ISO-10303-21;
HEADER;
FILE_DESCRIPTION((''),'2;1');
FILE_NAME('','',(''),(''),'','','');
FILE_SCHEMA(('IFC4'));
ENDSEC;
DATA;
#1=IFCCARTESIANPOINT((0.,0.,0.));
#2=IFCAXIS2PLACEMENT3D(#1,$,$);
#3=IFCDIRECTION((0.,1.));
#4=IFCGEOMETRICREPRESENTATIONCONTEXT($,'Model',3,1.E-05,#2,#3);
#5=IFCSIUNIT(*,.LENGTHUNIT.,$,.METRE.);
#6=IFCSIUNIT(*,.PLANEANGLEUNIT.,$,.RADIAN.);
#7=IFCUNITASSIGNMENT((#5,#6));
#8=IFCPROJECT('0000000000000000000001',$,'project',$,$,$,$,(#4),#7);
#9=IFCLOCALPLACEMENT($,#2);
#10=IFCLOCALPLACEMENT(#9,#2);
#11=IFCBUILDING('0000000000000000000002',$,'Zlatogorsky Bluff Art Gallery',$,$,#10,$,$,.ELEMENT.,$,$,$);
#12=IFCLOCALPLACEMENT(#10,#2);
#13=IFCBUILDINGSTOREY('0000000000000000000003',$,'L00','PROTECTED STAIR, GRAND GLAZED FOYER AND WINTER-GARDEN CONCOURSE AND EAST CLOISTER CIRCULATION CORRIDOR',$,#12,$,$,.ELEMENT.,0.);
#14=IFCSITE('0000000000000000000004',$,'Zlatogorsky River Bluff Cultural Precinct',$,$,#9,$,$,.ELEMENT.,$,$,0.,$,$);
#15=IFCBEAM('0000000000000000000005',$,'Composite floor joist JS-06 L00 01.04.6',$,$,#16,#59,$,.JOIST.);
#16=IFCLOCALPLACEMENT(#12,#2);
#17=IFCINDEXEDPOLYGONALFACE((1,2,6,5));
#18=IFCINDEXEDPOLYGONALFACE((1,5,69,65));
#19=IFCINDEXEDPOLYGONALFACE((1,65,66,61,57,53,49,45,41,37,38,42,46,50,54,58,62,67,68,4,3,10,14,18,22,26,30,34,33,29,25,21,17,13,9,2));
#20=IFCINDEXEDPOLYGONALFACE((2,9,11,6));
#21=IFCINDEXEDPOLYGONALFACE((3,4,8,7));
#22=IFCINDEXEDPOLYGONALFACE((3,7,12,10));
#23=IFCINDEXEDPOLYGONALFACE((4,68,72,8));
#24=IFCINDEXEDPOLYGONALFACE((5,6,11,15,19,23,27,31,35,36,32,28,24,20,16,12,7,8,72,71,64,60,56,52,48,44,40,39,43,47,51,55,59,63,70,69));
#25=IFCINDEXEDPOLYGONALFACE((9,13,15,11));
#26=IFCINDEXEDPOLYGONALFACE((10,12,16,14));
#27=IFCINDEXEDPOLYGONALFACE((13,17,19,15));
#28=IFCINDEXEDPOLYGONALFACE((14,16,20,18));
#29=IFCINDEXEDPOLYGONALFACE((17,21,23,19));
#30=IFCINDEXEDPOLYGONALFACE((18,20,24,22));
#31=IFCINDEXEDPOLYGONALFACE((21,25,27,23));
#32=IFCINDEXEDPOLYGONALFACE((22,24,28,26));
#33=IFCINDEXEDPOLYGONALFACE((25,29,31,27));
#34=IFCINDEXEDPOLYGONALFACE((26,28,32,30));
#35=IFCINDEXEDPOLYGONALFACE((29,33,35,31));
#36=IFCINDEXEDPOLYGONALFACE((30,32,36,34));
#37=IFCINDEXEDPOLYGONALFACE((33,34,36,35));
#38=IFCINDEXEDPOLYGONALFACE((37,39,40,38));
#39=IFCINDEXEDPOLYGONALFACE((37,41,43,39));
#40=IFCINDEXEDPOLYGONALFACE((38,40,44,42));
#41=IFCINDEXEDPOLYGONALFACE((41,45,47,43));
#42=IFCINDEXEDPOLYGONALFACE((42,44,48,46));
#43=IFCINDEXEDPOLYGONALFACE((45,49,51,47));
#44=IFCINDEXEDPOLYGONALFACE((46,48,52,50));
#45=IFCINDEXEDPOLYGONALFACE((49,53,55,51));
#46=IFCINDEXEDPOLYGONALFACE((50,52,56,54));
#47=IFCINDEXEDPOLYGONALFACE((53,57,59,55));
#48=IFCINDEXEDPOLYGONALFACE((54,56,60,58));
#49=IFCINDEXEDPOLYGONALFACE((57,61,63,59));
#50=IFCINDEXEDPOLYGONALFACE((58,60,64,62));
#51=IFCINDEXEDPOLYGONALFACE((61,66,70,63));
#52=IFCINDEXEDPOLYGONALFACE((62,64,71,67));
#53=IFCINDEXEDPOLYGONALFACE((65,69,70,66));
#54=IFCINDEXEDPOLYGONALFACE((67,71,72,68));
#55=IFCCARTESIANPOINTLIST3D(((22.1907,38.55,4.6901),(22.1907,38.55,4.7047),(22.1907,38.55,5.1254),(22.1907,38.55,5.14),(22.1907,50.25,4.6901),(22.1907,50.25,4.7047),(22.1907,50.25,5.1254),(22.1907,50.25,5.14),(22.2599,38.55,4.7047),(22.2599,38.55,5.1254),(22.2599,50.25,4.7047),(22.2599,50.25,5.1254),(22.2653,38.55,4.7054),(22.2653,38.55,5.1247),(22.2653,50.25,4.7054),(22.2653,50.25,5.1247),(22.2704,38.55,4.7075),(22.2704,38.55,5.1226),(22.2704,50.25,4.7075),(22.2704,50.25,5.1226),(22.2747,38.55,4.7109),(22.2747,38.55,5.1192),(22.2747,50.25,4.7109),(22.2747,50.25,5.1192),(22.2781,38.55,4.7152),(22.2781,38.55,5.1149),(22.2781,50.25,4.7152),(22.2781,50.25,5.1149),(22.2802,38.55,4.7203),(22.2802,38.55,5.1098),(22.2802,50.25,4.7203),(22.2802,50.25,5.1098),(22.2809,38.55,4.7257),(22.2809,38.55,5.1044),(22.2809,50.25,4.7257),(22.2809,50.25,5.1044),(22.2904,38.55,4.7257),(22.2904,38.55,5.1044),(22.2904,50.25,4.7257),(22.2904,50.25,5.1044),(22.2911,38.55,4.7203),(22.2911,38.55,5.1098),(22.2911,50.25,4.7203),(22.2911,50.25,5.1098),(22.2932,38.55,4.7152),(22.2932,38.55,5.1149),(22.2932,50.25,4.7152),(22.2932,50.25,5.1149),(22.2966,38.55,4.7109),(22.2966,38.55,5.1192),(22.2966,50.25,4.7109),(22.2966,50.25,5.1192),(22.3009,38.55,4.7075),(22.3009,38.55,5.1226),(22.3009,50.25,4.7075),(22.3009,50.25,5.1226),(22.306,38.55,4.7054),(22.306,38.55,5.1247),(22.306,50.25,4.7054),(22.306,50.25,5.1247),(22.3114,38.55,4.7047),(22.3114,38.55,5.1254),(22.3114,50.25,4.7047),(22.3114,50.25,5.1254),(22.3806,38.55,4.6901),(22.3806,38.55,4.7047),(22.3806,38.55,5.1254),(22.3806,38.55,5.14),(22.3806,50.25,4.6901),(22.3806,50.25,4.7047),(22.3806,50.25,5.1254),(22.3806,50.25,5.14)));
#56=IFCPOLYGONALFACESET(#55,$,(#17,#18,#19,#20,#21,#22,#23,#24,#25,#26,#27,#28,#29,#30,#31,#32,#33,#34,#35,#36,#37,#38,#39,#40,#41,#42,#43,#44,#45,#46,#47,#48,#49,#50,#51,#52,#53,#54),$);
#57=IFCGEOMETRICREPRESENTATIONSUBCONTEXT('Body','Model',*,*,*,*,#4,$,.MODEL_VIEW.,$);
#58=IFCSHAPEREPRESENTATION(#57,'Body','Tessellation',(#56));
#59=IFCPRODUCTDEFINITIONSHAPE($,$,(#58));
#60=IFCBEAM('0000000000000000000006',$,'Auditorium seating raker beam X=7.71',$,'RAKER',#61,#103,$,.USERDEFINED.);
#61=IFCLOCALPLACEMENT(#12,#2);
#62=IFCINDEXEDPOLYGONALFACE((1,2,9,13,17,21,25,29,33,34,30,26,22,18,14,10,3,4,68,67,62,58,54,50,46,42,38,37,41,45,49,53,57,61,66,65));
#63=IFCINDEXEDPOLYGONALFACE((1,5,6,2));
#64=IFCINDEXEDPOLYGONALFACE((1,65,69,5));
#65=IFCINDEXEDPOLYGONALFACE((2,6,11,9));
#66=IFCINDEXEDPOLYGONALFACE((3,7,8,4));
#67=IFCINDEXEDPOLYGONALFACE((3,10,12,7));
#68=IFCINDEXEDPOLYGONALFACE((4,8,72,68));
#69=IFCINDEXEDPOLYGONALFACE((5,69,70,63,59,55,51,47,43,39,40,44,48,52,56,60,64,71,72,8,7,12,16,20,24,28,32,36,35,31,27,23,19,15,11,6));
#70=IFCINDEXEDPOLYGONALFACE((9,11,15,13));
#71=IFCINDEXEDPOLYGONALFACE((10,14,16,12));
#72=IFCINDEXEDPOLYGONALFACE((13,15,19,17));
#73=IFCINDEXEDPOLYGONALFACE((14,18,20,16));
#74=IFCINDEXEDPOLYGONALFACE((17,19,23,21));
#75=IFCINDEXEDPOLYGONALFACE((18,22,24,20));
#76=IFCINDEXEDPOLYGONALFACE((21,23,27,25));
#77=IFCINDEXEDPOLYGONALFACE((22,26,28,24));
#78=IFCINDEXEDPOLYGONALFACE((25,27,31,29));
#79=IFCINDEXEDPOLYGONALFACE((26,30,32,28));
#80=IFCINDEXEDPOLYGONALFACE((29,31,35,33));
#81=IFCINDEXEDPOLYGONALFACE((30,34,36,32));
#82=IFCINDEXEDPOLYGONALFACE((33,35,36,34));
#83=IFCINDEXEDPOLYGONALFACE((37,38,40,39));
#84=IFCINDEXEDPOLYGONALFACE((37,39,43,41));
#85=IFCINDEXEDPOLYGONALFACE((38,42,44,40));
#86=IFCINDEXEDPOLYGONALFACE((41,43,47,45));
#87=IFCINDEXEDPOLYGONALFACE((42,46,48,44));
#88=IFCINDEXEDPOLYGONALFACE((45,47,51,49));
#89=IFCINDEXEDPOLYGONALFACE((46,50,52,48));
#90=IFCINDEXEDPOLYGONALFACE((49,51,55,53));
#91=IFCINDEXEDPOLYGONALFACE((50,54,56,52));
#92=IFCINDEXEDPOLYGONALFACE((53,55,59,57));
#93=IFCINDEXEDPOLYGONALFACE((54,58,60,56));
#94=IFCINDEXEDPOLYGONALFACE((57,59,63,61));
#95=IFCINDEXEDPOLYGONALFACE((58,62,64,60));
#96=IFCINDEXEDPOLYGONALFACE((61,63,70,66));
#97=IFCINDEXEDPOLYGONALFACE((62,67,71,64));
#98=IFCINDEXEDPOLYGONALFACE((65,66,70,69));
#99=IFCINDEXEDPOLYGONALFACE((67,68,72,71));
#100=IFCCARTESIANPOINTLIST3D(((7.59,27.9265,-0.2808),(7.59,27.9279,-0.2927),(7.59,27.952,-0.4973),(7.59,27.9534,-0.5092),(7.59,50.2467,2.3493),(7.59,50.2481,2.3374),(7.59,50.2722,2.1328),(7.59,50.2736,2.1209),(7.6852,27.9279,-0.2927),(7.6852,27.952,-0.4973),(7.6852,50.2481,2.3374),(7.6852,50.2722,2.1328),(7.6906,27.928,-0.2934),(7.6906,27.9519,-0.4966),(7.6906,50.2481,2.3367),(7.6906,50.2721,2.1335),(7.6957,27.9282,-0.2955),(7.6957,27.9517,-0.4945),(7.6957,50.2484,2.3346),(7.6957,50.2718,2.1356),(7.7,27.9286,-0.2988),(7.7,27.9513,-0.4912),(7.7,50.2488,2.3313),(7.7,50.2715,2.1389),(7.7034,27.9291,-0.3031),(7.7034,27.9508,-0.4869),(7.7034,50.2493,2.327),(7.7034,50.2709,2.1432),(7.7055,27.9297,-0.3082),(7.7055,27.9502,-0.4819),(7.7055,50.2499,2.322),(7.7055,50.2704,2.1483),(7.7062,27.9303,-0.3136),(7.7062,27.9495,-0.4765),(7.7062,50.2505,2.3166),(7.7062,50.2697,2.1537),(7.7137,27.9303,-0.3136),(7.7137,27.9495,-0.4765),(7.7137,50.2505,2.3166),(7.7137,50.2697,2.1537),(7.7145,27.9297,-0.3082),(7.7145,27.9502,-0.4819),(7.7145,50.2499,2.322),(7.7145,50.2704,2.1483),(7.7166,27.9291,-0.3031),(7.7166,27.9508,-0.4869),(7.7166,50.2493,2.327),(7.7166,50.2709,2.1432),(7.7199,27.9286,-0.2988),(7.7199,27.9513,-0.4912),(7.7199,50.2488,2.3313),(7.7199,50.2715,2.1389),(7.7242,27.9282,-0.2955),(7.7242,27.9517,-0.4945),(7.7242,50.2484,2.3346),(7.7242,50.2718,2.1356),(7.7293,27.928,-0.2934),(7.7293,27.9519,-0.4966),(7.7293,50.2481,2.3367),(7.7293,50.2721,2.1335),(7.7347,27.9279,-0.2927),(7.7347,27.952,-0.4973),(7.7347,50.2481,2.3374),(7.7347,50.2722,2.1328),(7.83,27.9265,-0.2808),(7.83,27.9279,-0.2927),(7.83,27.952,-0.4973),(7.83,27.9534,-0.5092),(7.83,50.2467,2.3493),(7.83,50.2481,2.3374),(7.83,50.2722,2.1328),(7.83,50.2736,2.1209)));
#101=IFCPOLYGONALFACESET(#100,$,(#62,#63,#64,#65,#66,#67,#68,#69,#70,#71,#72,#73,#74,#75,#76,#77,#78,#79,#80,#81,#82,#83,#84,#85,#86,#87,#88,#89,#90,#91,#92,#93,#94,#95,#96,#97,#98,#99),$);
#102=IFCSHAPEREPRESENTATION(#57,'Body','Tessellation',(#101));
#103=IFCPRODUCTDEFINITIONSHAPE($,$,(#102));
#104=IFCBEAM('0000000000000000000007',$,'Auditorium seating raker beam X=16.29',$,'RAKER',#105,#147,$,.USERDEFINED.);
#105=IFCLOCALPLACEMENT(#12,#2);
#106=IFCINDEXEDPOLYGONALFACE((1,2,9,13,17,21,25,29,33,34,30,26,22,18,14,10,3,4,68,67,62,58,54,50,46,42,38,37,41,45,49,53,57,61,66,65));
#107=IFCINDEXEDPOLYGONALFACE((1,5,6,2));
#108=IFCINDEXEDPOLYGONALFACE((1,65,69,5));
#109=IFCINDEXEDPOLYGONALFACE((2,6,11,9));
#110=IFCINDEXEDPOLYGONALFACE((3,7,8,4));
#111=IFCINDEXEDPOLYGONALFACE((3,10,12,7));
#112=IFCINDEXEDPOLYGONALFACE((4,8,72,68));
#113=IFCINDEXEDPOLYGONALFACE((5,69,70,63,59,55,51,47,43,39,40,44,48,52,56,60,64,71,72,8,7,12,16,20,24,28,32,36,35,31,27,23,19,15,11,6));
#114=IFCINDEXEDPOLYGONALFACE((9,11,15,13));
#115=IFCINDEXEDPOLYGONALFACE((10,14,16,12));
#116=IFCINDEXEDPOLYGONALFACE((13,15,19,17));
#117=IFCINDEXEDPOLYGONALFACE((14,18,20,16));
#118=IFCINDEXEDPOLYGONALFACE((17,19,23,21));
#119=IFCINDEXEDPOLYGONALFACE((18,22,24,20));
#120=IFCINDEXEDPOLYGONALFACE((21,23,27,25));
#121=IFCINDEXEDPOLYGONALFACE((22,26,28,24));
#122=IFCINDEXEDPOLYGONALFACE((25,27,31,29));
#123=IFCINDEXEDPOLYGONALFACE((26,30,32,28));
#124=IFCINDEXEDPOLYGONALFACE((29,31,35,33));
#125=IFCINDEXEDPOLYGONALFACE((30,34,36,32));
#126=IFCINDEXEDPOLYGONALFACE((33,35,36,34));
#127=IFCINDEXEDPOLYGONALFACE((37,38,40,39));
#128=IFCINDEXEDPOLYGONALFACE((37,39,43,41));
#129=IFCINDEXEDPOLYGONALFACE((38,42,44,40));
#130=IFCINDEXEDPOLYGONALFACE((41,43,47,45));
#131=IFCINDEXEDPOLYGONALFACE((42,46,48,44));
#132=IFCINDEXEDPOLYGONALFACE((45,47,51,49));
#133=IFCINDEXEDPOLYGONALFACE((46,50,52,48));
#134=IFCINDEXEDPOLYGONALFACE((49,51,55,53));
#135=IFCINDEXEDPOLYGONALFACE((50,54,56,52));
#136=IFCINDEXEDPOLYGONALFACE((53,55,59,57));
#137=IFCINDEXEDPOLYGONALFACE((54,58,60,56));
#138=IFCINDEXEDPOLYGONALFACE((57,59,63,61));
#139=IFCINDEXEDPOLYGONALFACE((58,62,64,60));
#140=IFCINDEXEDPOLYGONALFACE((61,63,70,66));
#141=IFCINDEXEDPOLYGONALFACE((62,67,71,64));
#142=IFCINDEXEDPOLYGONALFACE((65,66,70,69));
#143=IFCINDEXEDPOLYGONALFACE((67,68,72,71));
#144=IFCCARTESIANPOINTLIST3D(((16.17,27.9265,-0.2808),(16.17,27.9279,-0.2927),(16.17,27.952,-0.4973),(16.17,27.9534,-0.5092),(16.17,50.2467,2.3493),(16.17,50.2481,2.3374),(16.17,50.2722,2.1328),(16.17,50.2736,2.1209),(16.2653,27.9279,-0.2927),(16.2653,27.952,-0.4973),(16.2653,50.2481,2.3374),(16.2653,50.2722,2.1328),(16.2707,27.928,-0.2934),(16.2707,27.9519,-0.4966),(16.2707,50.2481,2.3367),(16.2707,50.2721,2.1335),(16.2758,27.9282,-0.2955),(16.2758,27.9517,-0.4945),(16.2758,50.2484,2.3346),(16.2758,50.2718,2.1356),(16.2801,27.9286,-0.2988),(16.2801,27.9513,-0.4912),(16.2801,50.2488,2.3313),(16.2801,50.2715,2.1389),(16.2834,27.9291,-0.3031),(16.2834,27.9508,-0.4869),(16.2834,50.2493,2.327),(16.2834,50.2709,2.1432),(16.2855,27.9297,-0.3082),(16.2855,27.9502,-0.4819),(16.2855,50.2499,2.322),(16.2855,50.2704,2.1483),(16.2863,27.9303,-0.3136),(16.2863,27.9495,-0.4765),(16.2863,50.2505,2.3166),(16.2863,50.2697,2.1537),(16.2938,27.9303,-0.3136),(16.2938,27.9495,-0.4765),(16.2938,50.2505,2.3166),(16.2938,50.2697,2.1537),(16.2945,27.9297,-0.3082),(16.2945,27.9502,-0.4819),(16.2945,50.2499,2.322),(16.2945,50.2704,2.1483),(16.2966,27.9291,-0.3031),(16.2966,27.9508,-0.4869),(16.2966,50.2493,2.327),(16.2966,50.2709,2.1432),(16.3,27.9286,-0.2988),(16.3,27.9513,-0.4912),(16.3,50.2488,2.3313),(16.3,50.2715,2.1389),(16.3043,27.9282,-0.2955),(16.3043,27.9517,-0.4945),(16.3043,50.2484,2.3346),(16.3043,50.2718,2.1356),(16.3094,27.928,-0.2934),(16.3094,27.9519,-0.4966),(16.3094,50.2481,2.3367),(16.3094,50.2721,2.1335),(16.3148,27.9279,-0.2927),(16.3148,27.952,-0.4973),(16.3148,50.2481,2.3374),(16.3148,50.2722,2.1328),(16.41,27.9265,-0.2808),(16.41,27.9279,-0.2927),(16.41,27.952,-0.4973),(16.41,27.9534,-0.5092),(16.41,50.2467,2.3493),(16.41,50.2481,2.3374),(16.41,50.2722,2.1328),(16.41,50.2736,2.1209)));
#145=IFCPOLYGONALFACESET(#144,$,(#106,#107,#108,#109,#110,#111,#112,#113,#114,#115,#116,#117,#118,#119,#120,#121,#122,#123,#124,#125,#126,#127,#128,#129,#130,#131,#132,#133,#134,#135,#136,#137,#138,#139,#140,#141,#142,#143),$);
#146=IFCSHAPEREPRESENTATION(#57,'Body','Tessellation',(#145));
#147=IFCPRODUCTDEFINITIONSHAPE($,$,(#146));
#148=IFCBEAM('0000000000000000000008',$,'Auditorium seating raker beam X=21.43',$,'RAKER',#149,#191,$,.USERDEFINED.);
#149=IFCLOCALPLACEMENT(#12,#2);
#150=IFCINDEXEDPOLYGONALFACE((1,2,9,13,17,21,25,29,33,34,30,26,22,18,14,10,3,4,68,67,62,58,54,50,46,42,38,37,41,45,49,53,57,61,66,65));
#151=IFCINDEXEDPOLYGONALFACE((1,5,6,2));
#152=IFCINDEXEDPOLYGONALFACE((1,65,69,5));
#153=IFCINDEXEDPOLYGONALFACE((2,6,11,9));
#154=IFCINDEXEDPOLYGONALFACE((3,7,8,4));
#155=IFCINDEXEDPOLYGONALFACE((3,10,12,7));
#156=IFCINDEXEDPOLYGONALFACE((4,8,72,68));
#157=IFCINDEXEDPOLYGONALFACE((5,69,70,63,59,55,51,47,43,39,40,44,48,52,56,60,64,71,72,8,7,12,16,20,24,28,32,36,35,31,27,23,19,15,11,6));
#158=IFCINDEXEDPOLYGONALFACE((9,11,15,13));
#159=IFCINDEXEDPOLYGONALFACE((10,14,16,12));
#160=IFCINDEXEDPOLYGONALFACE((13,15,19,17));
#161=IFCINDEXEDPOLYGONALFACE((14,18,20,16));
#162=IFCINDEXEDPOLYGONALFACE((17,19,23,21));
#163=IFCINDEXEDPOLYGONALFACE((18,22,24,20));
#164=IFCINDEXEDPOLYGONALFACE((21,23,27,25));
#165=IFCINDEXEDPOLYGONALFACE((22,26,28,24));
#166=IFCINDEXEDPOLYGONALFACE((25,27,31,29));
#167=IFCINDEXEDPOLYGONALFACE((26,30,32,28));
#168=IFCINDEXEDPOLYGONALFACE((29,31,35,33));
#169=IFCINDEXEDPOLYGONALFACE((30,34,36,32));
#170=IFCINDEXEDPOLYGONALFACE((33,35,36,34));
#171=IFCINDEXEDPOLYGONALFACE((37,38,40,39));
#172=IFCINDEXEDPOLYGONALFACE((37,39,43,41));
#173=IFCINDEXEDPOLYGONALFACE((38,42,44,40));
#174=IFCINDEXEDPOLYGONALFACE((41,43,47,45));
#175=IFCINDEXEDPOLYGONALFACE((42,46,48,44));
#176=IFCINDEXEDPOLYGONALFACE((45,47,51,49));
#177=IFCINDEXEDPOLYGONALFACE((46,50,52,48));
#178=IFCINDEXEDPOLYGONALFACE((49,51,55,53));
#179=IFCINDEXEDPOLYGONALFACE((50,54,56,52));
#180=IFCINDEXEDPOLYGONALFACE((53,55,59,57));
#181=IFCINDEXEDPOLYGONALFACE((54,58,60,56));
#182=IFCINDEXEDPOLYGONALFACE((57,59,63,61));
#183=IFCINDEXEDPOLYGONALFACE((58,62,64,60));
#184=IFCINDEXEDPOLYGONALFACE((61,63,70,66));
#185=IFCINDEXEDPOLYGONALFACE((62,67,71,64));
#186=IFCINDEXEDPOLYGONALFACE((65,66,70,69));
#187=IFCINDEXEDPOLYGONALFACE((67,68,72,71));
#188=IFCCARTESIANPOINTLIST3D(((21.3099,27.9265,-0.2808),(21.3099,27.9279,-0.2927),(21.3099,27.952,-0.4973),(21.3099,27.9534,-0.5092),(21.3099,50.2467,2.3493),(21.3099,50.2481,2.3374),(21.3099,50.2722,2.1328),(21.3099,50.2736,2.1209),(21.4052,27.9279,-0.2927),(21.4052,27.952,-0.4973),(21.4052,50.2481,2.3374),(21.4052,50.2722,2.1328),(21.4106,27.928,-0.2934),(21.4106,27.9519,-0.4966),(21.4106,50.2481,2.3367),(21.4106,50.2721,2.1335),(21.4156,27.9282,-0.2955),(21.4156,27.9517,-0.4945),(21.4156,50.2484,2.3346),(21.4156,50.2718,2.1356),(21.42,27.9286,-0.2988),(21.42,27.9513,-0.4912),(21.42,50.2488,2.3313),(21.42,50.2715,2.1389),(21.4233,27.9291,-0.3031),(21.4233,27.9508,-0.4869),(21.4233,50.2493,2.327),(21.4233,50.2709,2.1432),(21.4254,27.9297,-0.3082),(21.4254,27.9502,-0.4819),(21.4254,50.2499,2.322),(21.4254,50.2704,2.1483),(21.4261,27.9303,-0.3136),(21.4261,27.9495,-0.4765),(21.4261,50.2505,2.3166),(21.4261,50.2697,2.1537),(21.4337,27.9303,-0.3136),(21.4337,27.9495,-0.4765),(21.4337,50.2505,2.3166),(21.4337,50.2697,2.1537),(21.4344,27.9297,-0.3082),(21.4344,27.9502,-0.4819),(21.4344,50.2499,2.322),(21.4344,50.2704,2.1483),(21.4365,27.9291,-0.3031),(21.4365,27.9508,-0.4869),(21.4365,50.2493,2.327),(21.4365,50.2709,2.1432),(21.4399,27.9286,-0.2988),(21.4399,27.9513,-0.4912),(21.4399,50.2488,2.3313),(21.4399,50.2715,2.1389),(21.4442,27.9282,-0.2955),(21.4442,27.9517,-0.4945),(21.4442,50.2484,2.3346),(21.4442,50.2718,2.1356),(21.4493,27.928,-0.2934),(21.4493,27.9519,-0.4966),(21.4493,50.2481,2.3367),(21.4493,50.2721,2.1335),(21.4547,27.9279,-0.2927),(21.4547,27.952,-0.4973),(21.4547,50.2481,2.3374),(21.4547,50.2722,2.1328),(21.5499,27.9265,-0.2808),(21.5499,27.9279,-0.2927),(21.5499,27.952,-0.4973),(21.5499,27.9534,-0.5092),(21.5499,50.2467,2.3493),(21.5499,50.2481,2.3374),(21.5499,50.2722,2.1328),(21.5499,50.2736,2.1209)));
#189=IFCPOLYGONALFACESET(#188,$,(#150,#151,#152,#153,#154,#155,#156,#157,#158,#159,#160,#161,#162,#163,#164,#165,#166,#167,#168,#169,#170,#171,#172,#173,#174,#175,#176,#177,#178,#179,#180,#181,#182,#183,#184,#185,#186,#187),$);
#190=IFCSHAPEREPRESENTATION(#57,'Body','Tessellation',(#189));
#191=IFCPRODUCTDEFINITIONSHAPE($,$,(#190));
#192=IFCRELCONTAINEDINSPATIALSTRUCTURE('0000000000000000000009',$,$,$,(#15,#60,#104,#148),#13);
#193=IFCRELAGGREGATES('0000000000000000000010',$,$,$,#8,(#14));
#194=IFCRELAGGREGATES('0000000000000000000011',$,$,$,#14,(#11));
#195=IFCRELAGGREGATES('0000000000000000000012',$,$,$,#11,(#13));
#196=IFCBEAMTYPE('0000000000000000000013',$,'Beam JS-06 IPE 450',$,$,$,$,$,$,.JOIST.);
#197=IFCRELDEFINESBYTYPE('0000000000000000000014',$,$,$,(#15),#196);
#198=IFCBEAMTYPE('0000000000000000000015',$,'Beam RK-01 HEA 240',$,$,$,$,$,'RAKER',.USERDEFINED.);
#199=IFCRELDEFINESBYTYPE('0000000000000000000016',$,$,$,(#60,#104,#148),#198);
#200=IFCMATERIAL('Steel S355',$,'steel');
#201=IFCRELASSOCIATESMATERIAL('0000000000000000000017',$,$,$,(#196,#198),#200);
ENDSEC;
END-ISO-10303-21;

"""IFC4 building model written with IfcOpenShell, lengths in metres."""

from ifc_helpers import new_model, si_unit, direction, frame, origin, origin_2d, place, context, subcontext, project, spatial, i_section, extrude, material, material_profile, profile_set, type_object, element, save


model = new_model("IFC4")

# Units and contexts
model_context = context("Model", 3, precision=1e-05, world=origin(), true_north=direction((0.0, 1.0)))
body_context = subcontext(model_context, "Body", "Model", "MODEL_VIEW")
ifc_project = project(units=[si_unit("LENGTHUNIT", "METRE"), si_unit("PLANEANGLEUNIT", "RADIAN")], contexts=[model_context])

# Site, building, storey
site_placement = place(None, origin())
site = spatial("IfcSite", under=ifc_project, at=site_placement, Name="Zlatogorsky River Bluff Cultural Precinct", CompositionType="ELEMENT", RefElevation=0.0)
building_placement = place(site_placement, origin())
building = spatial("IfcBuilding", under=site, at=building_placement, Name="Zlatogorsky Bluff Art Gallery", CompositionType="ELEMENT")
storey_placement = place(building_placement, origin())
storey = spatial("IfcBuildingStorey", under=building, at=storey_placement, Name="L00", Description="PROTECTED STAIR, GRAND GLAZED FOYER AND WINTER-GARDEN CONCOURSE AND EAST CLOISTER CIRCULATION CORRIDOR", CompositionType="ELEMENT", Elevation=0.0)

# Shared definitions
ifc_material_1 = material(Name="Steel S355", Category="steel")

# Beams
ifc_material_profile_1 = material_profile(ifc_material_1, i_section(OverallWidth=0.1899, OverallDepth=0.45, WebThickness=0.0095, FlangeThickness=0.0146, FilletRadius=0.021, at=origin_2d()), Name="IPE 450")
ifc_profile_set_1 = profile_set([ifc_material_profile_1], Name="Steel S355")
beam_type_1 = type_object("IfcBeamType", Name="Beam JS-06 IPE 450", PredefinedType="JOIST", material=ifc_profile_set_1)
for number, where, z_axis, x_axis, name in (
    (1, (22.2856, 38.55, 4.915), (0.0, 1.0, 0.0), (-1.0, 0.0, 0.0), "Composite floor joist JS-06 L00 01.04.6"),
):
    element("IfcBeam", number, at=place(storey_placement, frame(where, z_axis=z_axis, x_axis=x_axis)), inside=storey, type_object=beam_type_1, Name=name, PredefinedType="JOIST", context=body_context, shape_type="SweptSolid", body=[
        extrude(i_section(OverallWidth=0.1899, OverallDepth=0.45, WebThickness=0.0095, FlangeThickness=0.0146, FilletRadius=0.021, at=origin_2d()), origin(), (0.0, 0.0, 1.0), 11.7),
    ])
ifc_material_profile_2 = material_profile(ifc_material_1, i_section(OverallWidth=0.24, OverallDepth=0.23, WebThickness=0.0076, FlangeThickness=0.012, FilletRadius=0.021, at=origin_2d()), Name="HEA 240")
ifc_profile_set_2 = profile_set([ifc_material_profile_2], Name="Steel S355")
beam_type_2 = type_object("IfcBeamType", Name="Beam RK-01 HEA 240", ElementType="RAKER", PredefinedType="USERDEFINED", material=ifc_profile_set_2)
for number, where, z_axis, x_axis, name in (
    (2, (7.71, 27.9399, -0.395), (0.0, 0.993129, 0.117027), (-1.0, 0.0, 0.0), "Auditorium seating raker beam X=7.71"),
    (3, (16.29, 27.9399, -0.395), (0.0, 0.993129, 0.117027), (-1.0, 0.0, 0.0), "Auditorium seating raker beam X=16.29"),
    (4, (21.4299, 27.9399, -0.395), (0.0, 0.993129, 0.117027), (-1.0, 0.0, 0.0), "Auditorium seating raker beam X=21.43"),
):
    element("IfcBeam", number, at=place(storey_placement, frame(where, z_axis=z_axis, x_axis=x_axis)), inside=storey, type_object=beam_type_2, Name=name, ObjectType="RAKER", PredefinedType="USERDEFINED", context=body_context, shape_type="SweptSolid", body=[
        extrude(i_section(OverallWidth=0.24, OverallDepth=0.23, WebThickness=0.0076, FlangeThickness=0.012, FilletRadius=0.021, at=origin_2d()), origin(), (0.0, 0.0, 1.0), 22.4746),
    ])

save(model, "model.ifc")
